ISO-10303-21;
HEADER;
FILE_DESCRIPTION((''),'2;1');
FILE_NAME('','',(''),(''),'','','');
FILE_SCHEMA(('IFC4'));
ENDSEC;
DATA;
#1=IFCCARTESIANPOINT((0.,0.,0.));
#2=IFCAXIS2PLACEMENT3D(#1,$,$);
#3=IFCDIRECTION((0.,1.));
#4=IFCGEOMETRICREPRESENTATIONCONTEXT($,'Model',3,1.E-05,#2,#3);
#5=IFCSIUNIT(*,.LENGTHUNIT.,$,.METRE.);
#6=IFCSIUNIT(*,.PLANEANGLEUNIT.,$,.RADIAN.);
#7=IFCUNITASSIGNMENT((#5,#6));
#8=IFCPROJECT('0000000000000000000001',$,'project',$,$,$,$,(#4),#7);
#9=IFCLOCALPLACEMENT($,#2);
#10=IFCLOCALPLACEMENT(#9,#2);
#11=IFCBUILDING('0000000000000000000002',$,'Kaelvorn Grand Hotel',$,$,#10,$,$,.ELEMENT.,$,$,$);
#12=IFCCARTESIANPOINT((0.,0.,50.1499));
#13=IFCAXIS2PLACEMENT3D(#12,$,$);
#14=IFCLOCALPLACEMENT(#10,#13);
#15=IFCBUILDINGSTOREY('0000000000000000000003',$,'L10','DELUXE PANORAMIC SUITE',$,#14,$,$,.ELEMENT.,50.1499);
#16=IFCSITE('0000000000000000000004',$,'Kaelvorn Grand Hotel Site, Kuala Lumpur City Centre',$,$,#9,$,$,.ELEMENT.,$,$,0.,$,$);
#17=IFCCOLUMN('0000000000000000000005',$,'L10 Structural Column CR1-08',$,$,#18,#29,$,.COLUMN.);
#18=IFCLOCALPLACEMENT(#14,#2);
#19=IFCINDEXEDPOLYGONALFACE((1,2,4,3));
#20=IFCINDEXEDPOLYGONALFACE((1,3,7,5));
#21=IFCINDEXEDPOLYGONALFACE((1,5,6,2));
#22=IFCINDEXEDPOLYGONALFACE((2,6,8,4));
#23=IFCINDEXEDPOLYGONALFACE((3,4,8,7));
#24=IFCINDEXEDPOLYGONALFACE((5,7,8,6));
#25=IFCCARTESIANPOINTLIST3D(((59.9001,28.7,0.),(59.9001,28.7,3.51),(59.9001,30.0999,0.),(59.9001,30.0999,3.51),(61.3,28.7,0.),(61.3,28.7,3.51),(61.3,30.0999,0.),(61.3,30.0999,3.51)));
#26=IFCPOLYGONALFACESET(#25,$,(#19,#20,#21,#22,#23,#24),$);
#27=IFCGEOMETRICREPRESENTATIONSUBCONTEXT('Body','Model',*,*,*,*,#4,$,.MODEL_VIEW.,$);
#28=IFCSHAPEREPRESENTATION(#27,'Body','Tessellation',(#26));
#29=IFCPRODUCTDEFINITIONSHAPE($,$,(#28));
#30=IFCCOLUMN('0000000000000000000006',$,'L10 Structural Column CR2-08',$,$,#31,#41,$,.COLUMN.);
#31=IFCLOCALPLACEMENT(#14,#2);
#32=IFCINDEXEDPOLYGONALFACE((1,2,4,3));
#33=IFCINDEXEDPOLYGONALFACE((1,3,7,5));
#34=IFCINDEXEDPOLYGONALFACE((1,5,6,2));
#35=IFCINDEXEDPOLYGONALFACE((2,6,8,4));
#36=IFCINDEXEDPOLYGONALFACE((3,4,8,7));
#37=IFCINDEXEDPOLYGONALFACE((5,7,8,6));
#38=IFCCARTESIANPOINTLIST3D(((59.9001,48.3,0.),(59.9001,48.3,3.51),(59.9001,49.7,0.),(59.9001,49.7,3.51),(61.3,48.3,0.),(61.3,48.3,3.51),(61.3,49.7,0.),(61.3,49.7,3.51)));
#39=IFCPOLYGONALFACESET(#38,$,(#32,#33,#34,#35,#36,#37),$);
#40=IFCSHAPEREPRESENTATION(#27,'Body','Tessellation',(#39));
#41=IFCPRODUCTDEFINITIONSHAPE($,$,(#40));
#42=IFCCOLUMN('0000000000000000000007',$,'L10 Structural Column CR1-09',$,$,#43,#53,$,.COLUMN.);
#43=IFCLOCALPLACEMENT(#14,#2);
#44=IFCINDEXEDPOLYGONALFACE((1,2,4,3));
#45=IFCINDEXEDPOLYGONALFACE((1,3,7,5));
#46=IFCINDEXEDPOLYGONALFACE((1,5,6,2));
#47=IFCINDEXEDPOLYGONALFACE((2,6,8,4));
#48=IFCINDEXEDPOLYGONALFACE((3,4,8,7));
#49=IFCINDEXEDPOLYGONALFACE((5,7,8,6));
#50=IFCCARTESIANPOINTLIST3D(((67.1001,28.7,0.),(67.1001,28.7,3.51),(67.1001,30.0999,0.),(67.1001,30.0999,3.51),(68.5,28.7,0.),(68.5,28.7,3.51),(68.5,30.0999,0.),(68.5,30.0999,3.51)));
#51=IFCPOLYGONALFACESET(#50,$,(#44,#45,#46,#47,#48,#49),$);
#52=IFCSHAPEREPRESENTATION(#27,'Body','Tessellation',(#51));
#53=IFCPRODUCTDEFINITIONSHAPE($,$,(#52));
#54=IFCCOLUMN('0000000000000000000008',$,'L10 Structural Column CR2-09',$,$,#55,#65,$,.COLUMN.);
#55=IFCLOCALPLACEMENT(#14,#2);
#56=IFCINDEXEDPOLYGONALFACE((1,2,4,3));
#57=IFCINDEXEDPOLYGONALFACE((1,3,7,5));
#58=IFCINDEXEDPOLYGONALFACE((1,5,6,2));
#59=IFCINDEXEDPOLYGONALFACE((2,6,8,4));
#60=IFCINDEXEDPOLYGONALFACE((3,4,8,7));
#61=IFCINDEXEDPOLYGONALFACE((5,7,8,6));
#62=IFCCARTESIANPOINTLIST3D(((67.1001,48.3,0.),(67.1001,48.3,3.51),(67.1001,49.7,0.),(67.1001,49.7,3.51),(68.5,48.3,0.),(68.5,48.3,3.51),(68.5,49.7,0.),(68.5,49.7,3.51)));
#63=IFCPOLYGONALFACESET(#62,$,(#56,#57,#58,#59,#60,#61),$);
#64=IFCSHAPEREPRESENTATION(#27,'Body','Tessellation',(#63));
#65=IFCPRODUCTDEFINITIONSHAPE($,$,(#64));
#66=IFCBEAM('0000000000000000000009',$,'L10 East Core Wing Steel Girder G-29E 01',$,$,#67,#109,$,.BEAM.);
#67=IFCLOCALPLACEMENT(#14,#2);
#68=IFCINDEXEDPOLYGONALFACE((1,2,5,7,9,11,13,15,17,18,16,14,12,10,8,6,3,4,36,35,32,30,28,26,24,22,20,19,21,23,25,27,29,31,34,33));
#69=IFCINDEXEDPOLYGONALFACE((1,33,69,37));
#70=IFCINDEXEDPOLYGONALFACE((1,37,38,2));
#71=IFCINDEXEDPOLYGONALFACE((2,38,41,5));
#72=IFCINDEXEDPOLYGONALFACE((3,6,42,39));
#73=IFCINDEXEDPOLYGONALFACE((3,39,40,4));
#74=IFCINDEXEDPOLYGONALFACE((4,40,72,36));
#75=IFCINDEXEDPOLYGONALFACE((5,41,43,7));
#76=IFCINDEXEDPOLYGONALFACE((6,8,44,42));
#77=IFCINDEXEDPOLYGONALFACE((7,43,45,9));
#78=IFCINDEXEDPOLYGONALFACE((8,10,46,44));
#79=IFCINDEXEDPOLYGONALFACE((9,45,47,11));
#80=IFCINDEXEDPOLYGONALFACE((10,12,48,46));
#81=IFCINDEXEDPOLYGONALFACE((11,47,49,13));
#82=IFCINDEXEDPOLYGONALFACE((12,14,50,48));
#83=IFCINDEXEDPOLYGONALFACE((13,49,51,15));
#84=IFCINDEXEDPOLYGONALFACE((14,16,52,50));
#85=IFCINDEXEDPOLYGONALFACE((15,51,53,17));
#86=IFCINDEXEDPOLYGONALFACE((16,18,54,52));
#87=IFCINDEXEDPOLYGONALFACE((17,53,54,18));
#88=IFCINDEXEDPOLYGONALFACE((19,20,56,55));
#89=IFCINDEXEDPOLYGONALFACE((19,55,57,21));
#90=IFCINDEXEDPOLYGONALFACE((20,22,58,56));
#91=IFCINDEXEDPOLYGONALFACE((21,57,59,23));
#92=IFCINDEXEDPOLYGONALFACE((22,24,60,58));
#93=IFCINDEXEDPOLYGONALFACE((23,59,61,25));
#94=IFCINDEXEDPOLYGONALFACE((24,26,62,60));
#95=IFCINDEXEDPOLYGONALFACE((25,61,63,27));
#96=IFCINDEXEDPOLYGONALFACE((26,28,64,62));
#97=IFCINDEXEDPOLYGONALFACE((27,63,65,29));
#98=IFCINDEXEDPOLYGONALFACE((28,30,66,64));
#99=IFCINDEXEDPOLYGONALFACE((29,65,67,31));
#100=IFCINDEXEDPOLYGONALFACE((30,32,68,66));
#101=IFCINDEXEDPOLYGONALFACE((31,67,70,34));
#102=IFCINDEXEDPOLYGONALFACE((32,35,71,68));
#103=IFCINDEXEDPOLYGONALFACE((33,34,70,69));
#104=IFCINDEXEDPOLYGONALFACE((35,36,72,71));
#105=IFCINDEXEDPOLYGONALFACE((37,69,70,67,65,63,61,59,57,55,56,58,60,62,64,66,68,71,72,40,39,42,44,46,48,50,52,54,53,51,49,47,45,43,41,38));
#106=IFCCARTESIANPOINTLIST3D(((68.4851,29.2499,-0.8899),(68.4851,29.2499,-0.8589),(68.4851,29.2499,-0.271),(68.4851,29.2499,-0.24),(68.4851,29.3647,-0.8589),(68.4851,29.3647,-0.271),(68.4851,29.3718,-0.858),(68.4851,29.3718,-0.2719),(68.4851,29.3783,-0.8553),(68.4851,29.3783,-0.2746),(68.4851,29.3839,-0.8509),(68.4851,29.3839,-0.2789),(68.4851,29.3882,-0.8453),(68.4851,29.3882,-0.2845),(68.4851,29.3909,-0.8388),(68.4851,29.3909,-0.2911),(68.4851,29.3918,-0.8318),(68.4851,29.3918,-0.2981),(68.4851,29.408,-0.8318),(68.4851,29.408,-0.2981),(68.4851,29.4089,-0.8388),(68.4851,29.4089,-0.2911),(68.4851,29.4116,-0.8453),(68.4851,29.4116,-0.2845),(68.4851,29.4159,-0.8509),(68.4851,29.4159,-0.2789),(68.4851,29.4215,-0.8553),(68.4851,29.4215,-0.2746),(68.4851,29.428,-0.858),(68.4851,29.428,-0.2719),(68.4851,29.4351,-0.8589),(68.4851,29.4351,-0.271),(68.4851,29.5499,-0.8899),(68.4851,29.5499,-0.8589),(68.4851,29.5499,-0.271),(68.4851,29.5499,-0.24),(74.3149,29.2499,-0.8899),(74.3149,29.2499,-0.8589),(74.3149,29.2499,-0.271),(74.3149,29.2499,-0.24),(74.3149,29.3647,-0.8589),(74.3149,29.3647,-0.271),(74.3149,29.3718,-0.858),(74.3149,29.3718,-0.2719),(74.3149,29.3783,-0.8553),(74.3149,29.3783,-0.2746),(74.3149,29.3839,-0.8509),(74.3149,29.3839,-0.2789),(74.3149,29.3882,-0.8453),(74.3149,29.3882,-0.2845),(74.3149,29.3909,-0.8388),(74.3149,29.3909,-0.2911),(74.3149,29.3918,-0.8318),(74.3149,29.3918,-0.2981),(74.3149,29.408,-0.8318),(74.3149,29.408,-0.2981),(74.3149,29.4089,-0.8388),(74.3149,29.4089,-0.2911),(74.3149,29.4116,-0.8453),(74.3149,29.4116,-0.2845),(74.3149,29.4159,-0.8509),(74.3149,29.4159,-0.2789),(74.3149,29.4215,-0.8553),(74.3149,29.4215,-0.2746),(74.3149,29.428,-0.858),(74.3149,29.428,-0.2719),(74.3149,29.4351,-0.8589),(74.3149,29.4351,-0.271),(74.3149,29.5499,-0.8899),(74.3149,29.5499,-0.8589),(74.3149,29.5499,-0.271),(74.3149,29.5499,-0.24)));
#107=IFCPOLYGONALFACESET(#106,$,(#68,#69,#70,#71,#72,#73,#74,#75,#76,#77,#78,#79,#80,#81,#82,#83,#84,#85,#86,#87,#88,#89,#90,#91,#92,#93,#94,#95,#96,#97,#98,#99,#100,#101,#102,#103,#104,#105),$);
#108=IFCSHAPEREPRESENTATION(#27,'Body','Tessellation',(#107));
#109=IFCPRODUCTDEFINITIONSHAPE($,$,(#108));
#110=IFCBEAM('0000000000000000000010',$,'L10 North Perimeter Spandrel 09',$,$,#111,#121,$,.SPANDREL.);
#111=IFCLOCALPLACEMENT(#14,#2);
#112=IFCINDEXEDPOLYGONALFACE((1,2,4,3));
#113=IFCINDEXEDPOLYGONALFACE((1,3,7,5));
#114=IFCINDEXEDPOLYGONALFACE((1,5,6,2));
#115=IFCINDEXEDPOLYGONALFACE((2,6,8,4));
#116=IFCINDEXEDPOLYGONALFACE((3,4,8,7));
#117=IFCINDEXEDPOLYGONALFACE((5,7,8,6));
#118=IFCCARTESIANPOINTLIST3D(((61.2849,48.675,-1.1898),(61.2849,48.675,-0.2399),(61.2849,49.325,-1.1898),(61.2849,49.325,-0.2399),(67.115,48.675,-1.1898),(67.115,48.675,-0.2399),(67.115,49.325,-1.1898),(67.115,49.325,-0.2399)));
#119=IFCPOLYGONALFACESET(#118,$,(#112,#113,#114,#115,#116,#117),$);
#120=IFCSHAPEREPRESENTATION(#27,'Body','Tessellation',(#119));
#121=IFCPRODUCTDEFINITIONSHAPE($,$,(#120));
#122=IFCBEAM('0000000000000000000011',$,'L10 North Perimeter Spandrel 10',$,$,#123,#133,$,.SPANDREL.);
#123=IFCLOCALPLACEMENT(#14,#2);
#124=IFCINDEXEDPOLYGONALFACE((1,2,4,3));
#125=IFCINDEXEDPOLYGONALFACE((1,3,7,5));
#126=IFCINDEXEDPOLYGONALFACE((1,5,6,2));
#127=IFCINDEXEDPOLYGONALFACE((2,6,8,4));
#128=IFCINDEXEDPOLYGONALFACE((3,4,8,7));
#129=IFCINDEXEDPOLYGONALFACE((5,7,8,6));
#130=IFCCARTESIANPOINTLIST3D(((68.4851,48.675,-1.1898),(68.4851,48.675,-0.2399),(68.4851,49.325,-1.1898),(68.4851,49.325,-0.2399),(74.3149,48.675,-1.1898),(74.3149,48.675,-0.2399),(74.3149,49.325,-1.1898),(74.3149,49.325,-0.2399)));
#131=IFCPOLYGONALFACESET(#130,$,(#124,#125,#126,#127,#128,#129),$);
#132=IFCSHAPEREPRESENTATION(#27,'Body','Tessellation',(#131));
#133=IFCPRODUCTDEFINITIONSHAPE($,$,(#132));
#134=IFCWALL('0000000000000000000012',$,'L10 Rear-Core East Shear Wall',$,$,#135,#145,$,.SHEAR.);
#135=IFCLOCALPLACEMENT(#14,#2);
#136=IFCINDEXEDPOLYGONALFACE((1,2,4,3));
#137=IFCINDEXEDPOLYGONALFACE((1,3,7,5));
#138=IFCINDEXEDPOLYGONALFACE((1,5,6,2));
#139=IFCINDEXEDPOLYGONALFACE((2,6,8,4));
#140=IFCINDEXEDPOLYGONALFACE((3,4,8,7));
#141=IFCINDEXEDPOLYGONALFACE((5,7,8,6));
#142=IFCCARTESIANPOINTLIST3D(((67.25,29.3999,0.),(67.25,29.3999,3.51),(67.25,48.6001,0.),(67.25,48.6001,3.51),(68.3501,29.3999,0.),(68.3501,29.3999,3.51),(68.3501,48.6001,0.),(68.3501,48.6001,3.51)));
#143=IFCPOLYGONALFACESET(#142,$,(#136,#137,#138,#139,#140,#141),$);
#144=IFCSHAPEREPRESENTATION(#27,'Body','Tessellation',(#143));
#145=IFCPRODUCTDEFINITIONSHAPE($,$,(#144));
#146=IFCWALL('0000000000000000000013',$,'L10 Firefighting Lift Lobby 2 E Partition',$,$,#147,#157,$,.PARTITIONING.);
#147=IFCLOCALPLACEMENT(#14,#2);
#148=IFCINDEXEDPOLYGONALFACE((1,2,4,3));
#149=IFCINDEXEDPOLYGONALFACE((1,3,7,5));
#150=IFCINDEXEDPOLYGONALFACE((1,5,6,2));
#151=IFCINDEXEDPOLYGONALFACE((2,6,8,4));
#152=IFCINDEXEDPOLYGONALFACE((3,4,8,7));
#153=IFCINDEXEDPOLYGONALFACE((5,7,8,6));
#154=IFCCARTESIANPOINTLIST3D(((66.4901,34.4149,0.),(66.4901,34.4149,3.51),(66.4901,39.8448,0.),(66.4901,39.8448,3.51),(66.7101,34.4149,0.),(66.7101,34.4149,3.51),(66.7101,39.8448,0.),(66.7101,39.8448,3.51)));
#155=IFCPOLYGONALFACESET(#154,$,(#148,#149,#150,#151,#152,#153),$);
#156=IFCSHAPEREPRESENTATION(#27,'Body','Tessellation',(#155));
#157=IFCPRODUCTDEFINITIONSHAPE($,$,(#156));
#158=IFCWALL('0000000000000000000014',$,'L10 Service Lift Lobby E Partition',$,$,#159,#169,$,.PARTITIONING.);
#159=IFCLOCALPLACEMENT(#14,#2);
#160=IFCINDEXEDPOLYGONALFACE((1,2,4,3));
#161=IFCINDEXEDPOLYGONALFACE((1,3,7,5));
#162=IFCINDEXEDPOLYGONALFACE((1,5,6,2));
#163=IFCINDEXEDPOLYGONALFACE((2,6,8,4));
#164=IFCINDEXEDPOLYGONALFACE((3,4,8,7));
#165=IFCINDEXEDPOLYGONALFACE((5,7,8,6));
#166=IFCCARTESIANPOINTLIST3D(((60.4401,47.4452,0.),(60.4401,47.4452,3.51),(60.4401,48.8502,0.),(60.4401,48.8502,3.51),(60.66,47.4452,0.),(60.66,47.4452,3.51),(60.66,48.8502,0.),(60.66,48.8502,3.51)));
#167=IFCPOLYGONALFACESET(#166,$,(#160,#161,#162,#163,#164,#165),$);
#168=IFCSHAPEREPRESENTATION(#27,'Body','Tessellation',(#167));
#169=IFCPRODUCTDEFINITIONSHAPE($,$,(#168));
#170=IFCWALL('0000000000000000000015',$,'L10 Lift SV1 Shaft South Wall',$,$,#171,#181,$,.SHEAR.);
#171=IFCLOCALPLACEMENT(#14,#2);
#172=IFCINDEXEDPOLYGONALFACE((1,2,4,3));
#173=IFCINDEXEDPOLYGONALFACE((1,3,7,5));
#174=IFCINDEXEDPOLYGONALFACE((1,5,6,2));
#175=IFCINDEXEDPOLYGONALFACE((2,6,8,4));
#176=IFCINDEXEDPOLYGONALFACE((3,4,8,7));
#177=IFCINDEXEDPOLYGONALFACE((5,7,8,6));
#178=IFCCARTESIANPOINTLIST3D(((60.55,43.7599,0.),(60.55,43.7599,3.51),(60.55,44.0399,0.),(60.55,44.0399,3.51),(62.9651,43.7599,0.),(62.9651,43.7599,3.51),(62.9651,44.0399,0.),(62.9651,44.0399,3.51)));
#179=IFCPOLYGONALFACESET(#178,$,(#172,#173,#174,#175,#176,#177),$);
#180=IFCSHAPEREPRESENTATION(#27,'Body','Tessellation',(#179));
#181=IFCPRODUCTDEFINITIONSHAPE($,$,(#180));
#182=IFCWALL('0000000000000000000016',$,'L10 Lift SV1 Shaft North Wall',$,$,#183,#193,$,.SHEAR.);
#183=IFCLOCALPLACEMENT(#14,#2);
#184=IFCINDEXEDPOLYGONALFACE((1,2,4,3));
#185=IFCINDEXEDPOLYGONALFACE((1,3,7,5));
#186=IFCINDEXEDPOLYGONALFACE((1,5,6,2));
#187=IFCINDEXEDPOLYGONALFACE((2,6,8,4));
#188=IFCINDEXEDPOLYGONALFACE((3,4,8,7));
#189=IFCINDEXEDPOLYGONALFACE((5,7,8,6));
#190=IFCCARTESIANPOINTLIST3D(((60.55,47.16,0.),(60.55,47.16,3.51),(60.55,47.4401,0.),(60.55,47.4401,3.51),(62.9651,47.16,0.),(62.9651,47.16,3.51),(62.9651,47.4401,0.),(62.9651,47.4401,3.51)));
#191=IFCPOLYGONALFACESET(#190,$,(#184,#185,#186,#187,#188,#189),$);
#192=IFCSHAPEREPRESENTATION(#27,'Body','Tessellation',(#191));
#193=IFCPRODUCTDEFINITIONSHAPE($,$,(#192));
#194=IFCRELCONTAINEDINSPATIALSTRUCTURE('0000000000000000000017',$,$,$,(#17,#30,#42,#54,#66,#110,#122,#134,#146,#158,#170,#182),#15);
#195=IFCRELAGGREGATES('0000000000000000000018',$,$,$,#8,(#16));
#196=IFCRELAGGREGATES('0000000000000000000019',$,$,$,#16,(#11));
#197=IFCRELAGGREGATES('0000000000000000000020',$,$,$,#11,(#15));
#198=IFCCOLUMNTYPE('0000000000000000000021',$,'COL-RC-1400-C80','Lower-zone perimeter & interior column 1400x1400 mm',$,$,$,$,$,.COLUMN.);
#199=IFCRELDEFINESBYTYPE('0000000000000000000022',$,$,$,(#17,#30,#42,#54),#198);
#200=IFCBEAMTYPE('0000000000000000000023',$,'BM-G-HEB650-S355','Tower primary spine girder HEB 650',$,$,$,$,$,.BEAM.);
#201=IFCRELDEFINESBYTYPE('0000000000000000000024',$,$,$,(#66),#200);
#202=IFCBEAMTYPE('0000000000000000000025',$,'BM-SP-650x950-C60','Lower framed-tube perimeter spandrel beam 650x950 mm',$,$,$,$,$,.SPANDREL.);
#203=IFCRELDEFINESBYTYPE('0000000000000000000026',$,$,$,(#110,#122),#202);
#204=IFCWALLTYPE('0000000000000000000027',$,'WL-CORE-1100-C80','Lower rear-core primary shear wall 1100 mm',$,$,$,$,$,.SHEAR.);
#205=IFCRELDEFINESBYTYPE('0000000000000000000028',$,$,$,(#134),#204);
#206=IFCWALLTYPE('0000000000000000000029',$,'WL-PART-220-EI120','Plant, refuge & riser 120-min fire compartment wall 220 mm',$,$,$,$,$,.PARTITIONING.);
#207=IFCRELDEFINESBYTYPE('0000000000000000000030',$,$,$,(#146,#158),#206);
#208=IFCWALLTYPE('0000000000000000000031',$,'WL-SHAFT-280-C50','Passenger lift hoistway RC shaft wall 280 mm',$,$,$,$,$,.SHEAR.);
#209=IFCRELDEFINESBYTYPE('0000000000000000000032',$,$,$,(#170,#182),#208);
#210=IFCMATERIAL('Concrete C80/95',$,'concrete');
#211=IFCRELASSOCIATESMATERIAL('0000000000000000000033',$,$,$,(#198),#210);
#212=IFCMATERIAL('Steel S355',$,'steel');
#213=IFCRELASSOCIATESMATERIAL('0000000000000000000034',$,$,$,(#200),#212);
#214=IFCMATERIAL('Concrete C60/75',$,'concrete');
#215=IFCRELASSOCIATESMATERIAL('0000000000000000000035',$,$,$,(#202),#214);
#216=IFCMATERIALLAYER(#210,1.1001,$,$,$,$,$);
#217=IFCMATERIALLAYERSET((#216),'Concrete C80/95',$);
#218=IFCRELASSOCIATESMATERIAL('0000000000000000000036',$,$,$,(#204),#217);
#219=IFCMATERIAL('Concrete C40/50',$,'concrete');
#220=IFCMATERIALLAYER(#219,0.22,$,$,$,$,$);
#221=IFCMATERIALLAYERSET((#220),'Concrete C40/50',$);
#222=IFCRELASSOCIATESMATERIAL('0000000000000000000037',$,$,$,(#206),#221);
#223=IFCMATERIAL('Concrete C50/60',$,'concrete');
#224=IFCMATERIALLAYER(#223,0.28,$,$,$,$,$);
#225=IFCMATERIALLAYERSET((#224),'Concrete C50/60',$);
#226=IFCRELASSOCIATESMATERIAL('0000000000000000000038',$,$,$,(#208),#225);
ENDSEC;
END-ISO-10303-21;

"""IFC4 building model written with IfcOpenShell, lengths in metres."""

from ifc_helpers import new_model, si_unit, direction, frame, frame_2d, origin, origin_2d, place, context, subcontext, project, spatial, rectangle, i_section, extrude, material, layer, layer_set, material_profile, profile_set, type_object, element, save


model = new_model("IFC4")

# Units and contexts
model_context = context("Model", 3, precision=1e-05, world=origin(), true_north=direction((0.0, 1.0)))
body_context = subcontext(model_context, "Body", "Model", "MODEL_VIEW")
ifc_project = project(units=[si_unit("LENGTHUNIT", "METRE"), si_unit("PLANEANGLEUNIT", "RADIAN")], contexts=[model_context])

# Site, building, storey
site_placement = place(None, origin())
site = spatial("IfcSite", under=ifc_project, at=site_placement, Name="Kaelvorn Grand Hotel Site, Kuala Lumpur City Centre", CompositionType="ELEMENT", RefElevation=0.0)
building_placement = place(site_placement, origin())
building = spatial("IfcBuilding", under=site, at=building_placement, Name="Kaelvorn Grand Hotel", CompositionType="ELEMENT")
storey_placement = place(building_placement, frame((0.0, 0.0, 50.1499)))
storey = spatial("IfcBuildingStorey", under=building, at=storey_placement, Name="L10", Description="DELUXE PANORAMIC SUITE", CompositionType="ELEMENT", Elevation=50.1499)

# Columns
ifc_material_1 = material(Name="Concrete C80/95", Category="concrete")
ifc_material_profile_1 = material_profile(ifc_material_1, rectangle(XDim=1.3999, YDim=1.3999, at=origin_2d()), Name="RC COL 1400x1400")
ifc_profile_set_1 = profile_set([ifc_material_profile_1], Name="Concrete C80/95")
column_type = type_object("IfcColumnType", Name="COL-RC-1400-C80", Description="Lower-zone perimeter & interior column 1400x1400 mm", PredefinedType="COLUMN", material=ifc_profile_set_1)
for number, where, z_axis, x_axis, name in (
    (1, (60.6001, 29.3999, 0.0), (0.0, 0.0, 1.0), (1.0, 0.0, 0.0), "L10 Structural Column CR1-08"),
    (2, (60.6001, 49.0, 0.0), (0.0, 0.0, 1.0), (1.0, 0.0, 0.0), "L10 Structural Column CR2-08"),
    (3, (67.8, 29.3999, 0.0), (0.0, 0.0, 1.0), (1.0, 0.0, 0.0), "L10 Structural Column CR1-09"),
    (4, (67.8, 49.0, 0.0), (0.0, 0.0, 1.0), (1.0, 0.0, 0.0), "L10 Structural Column CR2-09"),
):
    element("IfcColumn", number, at=place(storey_placement, frame(where, z_axis=z_axis, x_axis=x_axis)), inside=storey, type_object=column_type, Name=name, PredefinedType="COLUMN", context=body_context, shape_type="SweptSolid", body=[
        extrude(rectangle(XDim=1.3999, YDim=1.3999, at=origin_2d()), origin(), (0.0, 0.0, 1.0), 3.51),
    ])

# Beams
ifc_material_2 = material(Name="Steel S355", Category="steel")
ifc_material_profile_2 = material_profile(ifc_material_2, i_section(OverallWidth=0.3, OverallDepth=0.6499, WebThickness=0.0161, FlangeThickness=0.031, FilletRadius=0.0271, at=origin_2d()), Name="HEB 650")
ifc_profile_set_2 = profile_set([ifc_material_profile_2], Name="Steel S355")
beam_type_1 = type_object("IfcBeamType", Name="BM-G-HEB650-S355", Description="Tower primary spine girder HEB 650", PredefinedType="BEAM", material=ifc_profile_set_2)
beam_1_placement = place(storey_placement, frame((68.4851, 29.3999, -0.5649), z_axis=(1.0, 0.0, 0.0), x_axis=(0.0, 1.0, 0.0)))
element("IfcBeam", 5, at=beam_1_placement, inside=storey, type_object=beam_type_1, Name="L10 East Core Wing Steel Girder G-29E 01", PredefinedType="BEAM", context=body_context, shape_type="SweptSolid", body=[
    extrude(i_section(OverallWidth=0.3, OverallDepth=0.6499, WebThickness=0.0161, FlangeThickness=0.031, FilletRadius=0.0271, at=origin_2d()), origin(), (0.0, 0.0, 1.0), 5.8298),
])
ifc_material_3 = material(Name="Concrete C60/75", Category="concrete")
ifc_material_profile_3 = material_profile(ifc_material_3, rectangle(XDim=0.6499, YDim=0.95, at=origin_2d()), Name="RC SPANDREL 650x950")
ifc_profile_set_3 = profile_set([ifc_material_profile_3], Name="Concrete C60/75")
beam_type_2 = type_object("IfcBeamType", Name="BM-SP-650x950-C60", Description="Lower framed-tube perimeter spandrel beam 650x950 mm", PredefinedType="SPANDREL", material=ifc_profile_set_3)
beam_2_placement = place(storey_placement, frame((61.2849, 49.0, -0.7148), z_axis=(1.0, 0.0, 0.0), x_axis=(0.0, 1.0, 0.0)))
element("IfcBeam", 6, at=beam_2_placement, inside=storey, type_object=beam_type_2, Name="L10 North Perimeter Spandrel 09", PredefinedType="SPANDREL", context=body_context, shape_type="SweptSolid", body=[
    extrude(rectangle(XDim=0.6499, YDim=0.95, at=origin_2d()), origin(), (0.0, 0.0, 1.0), 5.8301),
])
beam_3_placement = place(storey_placement, frame((68.4851, 49.0, -0.7148), z_axis=(1.0, 0.0, 0.0), x_axis=(0.0, 1.0, 0.0)))
element("IfcBeam", 7, at=beam_3_placement, inside=storey, type_object=beam_type_2, Name="L10 North Perimeter Spandrel 10", PredefinedType="SPANDREL", context=body_context, shape_type="SweptSolid", body=[
    extrude(rectangle(XDim=0.6499, YDim=0.95, at=origin_2d()), origin(), (0.0, 0.0, 1.0), 5.8298),
])

# Walls
ifc_layer_1 = layer(ifc_material_1, 1.1001)
ifc_layer_set_1 = layer_set([ifc_layer_1], Name="Concrete C80/95")
wall_type_1 = type_object("IfcWallType", Name="WL-CORE-1100-C80", Description="Lower rear-core primary shear wall 1100 mm", PredefinedType="SHEAR", material=ifc_layer_set_1)
wall_1_placement = place(storey_placement, frame((67.8, 29.3999, 0.0), z_axis=(0.0, 0.0, 1.0), x_axis=(0.0, 1.0, 0.0)))
element("IfcWall", 8, at=wall_1_placement, inside=storey, type_object=wall_type_1, Name="L10 Rear-Core East Shear Wall", PredefinedType="SHEAR", context=body_context, shape_type="SweptSolid", body=[
    extrude(rectangle(XDim=19.2002, YDim=1.1001, at=frame_2d((9.6001, 0.0))), origin(), (0.0, 0.0, 1.0), 3.51),
])
ifc_material_4 = material(Name="Concrete C40/50", Category="concrete")
ifc_layer_2 = layer(ifc_material_4, 0.22)
ifc_layer_set_2 = layer_set([ifc_layer_2], Name="Concrete C40/50")
wall_type_2 = type_object("IfcWallType", Name="WL-PART-220-EI120", Description="Plant, refuge & riser 120-min fire compartment wall 220 mm", PredefinedType="PARTITIONING", material=ifc_layer_set_2)
wall_2_placement = place(storey_placement, frame((66.6001, 34.415, 0.0), z_axis=(0.0, 0.0, 1.0), x_axis=(0.0, 1.0, 0.0)))
element("IfcWall", 9, at=wall_2_placement, inside=storey, type_object=wall_type_2, Name="L10 Firefighting Lift Lobby 2 E Partition", PredefinedType="PARTITIONING", context=body_context, shape_type="SweptSolid", body=[
    extrude(rectangle(XDim=5.4299, YDim=0.22, at=frame_2d((2.7148, 0.0))), origin(), (0.0, 0.0, 1.0), 3.51),
])
wall_3_placement = place(storey_placement, frame((60.55, 47.4451, 0.0), z_axis=(0.0, 0.0, 1.0), x_axis=(0.0, 1.0, 0.0)))
element("IfcWall", 10, at=wall_3_placement, inside=storey, type_object=wall_type_2, Name="L10 Service Lift Lobby E Partition", PredefinedType="PARTITIONING", context=body_context, shape_type="SweptSolid", body=[
    extrude(rectangle(XDim=1.405, YDim=0.22, at=frame_2d((0.7026, 0.0))), origin(), (0.0, 0.0, 1.0), 3.51),
])
ifc_material_5 = material(Name="Concrete C50/60", Category="concrete")
ifc_layer_3 = layer(ifc_material_5, 0.28)
ifc_layer_set_3 = layer_set([ifc_layer_3], Name="Concrete C50/60")
wall_type_3 = type_object("IfcWallType", Name="WL-SHAFT-280-C50", Description="Passenger lift hoistway RC shaft wall 280 mm", PredefinedType="SHEAR", material=ifc_layer_set_3)
for number, where, z_axis, x_axis, name in (
    (11, (60.55, 43.8999, 0.0), (0.0, 0.0, 1.0), (1.0, 0.0, 0.0), "L10 Lift SV1 Shaft South Wall"),
    (12, (60.55, 47.3, 0.0), (0.0, 0.0, 1.0), (1.0, 0.0, 0.0), "L10 Lift SV1 Shaft North Wall"),
):
    element("IfcWall", number, at=place(storey_placement, frame(where, z_axis=z_axis, x_axis=x_axis)), inside=storey, type_object=wall_type_3, Name=name, PredefinedType="SHEAR", context=body_context, shape_type="SweptSolid", body=[
        extrude(rectangle(XDim=2.415, YDim=0.28, at=frame_2d((1.2075, 0.0))), origin(), (0.0, 0.0, 1.0), 3.51),
    ])

save(model, "model.ifc")
